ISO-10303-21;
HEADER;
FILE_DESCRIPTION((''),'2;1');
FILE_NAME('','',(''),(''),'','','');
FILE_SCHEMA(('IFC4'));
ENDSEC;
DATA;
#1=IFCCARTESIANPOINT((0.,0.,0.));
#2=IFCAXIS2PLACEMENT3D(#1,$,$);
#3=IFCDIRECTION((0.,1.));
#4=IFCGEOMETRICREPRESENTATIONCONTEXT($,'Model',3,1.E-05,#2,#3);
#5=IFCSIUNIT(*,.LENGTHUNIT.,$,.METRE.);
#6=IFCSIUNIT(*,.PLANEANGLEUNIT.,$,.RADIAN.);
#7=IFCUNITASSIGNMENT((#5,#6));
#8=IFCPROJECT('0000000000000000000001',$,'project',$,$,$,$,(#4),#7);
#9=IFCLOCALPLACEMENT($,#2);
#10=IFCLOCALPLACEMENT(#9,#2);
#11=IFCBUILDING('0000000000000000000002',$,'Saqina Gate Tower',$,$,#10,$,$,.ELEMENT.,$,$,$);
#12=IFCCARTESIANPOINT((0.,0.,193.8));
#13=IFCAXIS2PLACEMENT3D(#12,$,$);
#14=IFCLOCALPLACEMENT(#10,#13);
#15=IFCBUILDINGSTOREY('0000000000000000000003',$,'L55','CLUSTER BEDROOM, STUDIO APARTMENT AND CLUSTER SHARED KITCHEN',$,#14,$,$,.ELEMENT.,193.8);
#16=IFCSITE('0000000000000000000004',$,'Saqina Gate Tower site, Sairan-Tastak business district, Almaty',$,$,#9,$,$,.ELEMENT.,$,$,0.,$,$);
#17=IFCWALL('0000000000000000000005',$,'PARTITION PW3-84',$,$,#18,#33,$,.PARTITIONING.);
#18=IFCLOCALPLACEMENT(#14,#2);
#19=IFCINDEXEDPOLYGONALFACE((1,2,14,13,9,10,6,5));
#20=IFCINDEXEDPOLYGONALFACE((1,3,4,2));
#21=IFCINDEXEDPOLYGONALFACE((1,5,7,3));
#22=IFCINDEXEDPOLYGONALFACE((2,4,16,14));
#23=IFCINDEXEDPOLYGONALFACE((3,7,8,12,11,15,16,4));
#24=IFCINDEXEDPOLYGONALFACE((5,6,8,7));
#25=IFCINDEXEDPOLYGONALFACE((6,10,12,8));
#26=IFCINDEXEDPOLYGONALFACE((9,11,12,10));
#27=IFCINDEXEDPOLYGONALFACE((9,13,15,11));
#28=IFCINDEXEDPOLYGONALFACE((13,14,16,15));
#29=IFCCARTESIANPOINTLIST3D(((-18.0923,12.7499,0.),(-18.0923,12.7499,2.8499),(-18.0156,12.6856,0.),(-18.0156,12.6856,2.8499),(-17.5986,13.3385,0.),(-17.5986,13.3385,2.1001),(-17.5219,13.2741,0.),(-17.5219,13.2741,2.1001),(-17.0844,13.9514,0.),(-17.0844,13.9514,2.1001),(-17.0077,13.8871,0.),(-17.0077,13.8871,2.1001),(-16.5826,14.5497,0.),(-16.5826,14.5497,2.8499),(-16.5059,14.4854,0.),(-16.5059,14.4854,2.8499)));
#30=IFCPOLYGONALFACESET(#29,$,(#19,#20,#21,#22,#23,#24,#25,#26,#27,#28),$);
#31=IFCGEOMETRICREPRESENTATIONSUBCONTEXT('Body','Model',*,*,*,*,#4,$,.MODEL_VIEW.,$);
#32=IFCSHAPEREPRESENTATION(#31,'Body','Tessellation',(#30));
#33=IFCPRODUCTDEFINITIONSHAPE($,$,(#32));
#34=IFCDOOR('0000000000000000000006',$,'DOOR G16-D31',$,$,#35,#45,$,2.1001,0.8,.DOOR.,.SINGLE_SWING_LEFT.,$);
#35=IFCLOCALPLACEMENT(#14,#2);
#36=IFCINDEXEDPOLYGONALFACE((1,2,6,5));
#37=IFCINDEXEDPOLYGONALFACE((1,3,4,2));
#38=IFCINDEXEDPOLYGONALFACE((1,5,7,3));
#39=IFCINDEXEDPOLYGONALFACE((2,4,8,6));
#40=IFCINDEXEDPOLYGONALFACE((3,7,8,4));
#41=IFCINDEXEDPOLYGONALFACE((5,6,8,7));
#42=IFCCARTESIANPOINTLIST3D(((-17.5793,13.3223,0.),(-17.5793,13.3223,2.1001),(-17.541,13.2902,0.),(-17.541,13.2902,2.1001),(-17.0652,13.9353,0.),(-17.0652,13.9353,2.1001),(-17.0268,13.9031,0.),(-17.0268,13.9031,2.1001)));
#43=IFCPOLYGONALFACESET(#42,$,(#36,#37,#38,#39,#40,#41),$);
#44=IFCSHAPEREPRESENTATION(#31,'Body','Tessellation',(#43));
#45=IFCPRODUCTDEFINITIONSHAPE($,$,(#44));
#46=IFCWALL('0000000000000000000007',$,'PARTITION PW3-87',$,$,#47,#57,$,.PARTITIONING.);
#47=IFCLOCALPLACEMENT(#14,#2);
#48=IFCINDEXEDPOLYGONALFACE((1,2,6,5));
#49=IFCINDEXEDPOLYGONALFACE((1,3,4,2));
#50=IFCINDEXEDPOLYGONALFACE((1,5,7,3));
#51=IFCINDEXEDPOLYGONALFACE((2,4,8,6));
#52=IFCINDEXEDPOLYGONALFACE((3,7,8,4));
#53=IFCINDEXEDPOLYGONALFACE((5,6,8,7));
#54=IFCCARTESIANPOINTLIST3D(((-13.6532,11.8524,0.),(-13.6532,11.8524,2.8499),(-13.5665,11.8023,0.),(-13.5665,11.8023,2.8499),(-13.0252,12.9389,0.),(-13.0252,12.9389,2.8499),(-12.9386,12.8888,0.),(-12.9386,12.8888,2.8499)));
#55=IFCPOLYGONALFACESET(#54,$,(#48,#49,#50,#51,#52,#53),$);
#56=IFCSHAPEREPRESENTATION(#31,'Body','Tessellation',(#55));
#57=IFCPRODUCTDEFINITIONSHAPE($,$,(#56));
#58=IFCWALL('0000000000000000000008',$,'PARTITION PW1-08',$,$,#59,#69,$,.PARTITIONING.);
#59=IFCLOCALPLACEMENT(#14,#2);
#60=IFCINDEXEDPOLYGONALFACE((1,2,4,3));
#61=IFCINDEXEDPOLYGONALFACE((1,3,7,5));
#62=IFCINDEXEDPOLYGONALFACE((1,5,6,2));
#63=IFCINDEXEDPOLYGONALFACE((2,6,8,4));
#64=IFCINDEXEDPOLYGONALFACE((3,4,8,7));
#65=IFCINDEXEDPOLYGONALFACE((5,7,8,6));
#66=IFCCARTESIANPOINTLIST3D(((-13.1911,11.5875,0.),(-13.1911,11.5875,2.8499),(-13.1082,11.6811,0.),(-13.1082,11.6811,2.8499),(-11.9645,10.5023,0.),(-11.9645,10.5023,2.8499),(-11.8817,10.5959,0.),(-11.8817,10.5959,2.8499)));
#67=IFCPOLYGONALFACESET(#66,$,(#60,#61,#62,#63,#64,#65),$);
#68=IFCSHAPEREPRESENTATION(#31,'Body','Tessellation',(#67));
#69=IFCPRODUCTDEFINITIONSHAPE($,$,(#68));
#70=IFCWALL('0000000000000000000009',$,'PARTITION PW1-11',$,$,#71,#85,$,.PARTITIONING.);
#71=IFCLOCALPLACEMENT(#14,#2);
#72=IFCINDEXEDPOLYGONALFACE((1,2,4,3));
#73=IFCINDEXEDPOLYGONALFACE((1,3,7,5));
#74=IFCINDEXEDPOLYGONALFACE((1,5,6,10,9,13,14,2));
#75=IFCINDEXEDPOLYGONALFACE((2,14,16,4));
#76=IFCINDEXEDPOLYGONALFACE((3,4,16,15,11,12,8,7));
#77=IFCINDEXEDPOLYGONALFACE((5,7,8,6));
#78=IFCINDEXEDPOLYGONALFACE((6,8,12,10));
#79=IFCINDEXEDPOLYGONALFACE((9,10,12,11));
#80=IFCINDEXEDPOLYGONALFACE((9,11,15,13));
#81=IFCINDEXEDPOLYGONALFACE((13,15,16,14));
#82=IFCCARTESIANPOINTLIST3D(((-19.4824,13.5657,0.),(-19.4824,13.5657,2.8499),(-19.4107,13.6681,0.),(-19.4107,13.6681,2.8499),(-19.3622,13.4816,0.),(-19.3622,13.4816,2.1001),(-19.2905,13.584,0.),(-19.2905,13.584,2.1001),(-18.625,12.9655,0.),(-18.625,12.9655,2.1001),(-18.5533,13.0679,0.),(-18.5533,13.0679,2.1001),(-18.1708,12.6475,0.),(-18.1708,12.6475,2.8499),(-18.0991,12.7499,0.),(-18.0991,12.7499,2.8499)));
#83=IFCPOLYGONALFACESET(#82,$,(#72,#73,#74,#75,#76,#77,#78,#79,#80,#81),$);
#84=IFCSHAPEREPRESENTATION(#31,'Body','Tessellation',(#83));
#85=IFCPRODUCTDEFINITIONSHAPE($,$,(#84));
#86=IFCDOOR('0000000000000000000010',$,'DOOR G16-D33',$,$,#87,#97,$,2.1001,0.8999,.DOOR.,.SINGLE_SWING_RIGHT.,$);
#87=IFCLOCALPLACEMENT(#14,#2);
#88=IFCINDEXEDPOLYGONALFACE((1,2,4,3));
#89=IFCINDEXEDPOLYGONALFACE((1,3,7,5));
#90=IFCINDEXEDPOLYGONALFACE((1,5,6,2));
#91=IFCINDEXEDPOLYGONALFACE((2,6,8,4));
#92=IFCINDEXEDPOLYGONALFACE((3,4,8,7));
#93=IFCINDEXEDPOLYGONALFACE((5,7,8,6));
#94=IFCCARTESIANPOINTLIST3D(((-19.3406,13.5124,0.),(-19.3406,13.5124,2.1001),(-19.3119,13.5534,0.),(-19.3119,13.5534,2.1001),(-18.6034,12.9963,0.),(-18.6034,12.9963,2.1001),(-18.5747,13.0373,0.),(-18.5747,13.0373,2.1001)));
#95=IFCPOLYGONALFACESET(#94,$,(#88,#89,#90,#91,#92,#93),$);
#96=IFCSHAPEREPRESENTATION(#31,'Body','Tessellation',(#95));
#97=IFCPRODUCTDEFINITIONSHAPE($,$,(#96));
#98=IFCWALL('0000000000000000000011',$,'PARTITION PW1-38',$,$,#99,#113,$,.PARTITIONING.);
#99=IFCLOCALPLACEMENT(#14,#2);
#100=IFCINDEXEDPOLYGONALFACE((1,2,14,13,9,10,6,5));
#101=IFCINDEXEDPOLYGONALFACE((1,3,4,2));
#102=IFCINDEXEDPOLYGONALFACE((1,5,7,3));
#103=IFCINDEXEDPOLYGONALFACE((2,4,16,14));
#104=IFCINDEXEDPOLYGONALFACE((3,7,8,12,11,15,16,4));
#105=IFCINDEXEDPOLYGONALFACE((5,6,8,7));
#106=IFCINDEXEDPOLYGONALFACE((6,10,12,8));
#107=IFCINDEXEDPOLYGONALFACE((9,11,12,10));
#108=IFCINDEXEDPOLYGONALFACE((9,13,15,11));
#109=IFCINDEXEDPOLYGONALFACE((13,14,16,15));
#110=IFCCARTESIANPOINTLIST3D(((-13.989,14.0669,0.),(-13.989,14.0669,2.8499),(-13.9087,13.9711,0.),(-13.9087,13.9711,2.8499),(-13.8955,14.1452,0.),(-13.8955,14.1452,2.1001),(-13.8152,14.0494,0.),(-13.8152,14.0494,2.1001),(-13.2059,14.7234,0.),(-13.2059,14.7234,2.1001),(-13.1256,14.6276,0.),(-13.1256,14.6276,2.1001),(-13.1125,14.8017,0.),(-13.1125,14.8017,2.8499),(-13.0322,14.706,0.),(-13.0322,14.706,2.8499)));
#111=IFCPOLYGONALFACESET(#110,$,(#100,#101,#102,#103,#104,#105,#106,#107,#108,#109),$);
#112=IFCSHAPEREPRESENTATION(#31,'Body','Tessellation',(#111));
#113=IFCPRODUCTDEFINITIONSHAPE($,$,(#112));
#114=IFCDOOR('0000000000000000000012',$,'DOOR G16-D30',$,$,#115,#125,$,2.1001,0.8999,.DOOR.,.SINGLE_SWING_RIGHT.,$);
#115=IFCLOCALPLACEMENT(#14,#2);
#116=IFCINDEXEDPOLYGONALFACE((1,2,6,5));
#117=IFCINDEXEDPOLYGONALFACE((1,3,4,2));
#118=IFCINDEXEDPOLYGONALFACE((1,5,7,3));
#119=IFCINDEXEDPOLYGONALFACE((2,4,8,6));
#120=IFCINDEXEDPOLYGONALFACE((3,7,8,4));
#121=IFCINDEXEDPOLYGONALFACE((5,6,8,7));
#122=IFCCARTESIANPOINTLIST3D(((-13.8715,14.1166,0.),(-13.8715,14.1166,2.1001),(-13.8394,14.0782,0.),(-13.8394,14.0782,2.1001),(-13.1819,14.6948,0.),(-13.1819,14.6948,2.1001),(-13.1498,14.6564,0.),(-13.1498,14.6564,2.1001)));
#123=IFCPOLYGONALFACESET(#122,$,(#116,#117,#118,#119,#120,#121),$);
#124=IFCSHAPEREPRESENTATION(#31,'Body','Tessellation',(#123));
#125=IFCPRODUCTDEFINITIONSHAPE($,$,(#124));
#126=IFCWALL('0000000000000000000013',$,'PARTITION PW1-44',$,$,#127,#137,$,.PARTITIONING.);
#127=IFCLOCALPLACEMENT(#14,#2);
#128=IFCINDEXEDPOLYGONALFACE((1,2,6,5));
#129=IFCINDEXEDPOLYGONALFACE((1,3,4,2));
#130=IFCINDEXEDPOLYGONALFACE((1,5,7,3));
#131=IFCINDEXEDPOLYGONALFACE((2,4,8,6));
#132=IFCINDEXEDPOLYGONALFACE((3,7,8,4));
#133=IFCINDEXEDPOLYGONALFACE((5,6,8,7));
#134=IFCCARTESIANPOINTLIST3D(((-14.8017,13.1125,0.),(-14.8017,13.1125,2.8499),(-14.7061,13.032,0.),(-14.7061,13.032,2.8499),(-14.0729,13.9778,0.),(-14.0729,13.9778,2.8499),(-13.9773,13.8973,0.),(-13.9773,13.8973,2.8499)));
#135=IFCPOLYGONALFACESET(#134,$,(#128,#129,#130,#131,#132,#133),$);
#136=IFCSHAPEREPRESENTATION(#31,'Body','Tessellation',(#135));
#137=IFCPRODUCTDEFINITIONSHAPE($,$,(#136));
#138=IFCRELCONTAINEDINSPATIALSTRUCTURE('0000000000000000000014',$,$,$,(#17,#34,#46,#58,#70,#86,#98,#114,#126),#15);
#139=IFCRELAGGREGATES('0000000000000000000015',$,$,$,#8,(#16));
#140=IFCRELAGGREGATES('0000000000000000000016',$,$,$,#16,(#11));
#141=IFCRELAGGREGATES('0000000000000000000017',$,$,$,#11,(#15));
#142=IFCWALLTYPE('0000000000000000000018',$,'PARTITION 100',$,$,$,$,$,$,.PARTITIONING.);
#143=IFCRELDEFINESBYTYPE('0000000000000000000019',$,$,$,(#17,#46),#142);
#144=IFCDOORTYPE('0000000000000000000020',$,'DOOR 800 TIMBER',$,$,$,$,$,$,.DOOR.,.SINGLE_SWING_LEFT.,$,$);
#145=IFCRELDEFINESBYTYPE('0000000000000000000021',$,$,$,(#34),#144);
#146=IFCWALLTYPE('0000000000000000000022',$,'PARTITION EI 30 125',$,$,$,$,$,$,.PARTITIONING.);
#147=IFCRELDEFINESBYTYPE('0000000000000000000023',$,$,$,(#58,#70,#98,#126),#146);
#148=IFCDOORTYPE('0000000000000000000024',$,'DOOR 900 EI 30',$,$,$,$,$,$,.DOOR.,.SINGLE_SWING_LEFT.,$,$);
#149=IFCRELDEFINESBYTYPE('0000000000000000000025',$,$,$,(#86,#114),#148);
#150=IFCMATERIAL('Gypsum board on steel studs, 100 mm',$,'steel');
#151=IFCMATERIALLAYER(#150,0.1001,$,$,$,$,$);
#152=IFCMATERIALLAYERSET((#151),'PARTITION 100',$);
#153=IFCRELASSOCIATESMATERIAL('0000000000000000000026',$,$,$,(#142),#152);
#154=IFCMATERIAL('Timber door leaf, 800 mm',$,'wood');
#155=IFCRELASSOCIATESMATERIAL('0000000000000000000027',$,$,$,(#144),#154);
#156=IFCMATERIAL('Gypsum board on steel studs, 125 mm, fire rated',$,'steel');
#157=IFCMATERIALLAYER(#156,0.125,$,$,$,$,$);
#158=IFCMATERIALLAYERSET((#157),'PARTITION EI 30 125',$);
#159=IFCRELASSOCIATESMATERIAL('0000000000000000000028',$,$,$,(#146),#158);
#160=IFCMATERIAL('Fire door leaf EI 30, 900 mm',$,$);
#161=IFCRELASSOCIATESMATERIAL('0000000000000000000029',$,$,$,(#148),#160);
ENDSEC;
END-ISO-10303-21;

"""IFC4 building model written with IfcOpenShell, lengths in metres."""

from ifc_helpers import new_model, si_unit, direction, frame, frame_2d, origin, place, context, subcontext, project, spatial, rectangle, extrude, material, layer, layer_set, type_object, element, fill, save


model = new_model("IFC4")

# Units and contexts
model_context = context("Model", 3, precision=1e-05, world=origin(), true_north=direction((0.0, 1.0)))
body_context = subcontext(model_context, "Body", "Model", "MODEL_VIEW")
ifc_project = project(units=[si_unit("LENGTHUNIT", "METRE"), si_unit("PLANEANGLEUNIT", "RADIAN")], contexts=[model_context])

# Site, building, storey
site_placement = place(None, origin())
site = spatial("IfcSite", under=ifc_project, at=site_placement, Name="Saqina Gate Tower site, Sairan-Tastak business district, Almaty", CompositionType="ELEMENT", RefElevation=0.0)
building_placement = place(site_placement, origin())
building = spatial("IfcBuilding", under=site, at=building_placement, Name="Saqina Gate Tower", CompositionType="ELEMENT")
storey_placement = place(building_placement, frame((0.0, 0.0, 193.8)))
storey = spatial("IfcBuildingStorey", under=building, at=storey_placement, Name="L55", Description="CLUSTER BEDROOM, STUDIO APARTMENT AND CLUSTER SHARED KITCHEN", CompositionType="ELEMENT", Elevation=193.8)

# Shared definitions
ifc_material_1 = material(Name="Gypsum board on steel studs, 100 mm", Category="steel")
ifc_layer_1 = layer(ifc_material_1, 0.1001)
ifc_layer_set_1 = layer_set([ifc_layer_1], Name="PARTITION 100")
wall_type_1 = type_object("IfcWallType", Name="PARTITION 100", PredefinedType="PARTITIONING", material=ifc_layer_set_1)
ifc_material_2 = material(Name="Timber door leaf, 800 mm", Category="wood")
door_type_1 = type_object("IfcDoorType", Name="DOOR 800 TIMBER", OperationType="SINGLE_SWING_LEFT", PredefinedType="DOOR", material=ifc_material_2)

# Wall, opening, door
wall_1_placement = place(storey_placement, frame((-18.054, 12.7178, 0.0), z_axis=(0.0, 0.0, 1.0), x_axis=(0.642675, 0.766139, 0.0)))
wall_1 = element("IfcWall", 1, at=wall_1_placement, inside=storey, type_object=wall_type_1, Name="PARTITION PW3-84", PredefinedType="PARTITIONING", context=body_context, shape_type="SweptSolid", body=[
    extrude(rectangle(XDim=2.3491, YDim=0.1001, at=frame_2d((1.1746, 0.0))), origin(), (0.0, 0.0, 1.0), 2.8499),
])
opening_1_placement = place(wall_1_placement, frame((0.7683, 0.0, 0.0)))
opening_1 = element("IfcOpeningElement", 2, at=opening_1_placement, cuts=wall_1, PredefinedType="OPENING", context=body_context, shape_type="SweptSolid", body=[
    extrude(rectangle(XDim=0.8, YDim=2.1001, at=frame_2d((0.3999, 1.05))), frame((0.0, 0.062, 0.0), z_axis=(0.0, -1.0, 0.0), x_axis=(1.0, 0.0, 0.0)), (0.0, 0.0, 1.0), 0.124),
])
door_1_placement = place(opening_1_placement, origin())
door_1 = element("IfcDoor", 3, at=door_1_placement, inside=storey, type_object=door_type_1, Name="DOOR G16-D31", OperationType="SINGLE_SWING_LEFT", OverallHeight=2.1001, OverallWidth=0.8, PredefinedType="DOOR", context=body_context, shape_type="SweptSolid", body=[
    extrude(rectangle(XDim=0.8, YDim=2.1001, at=frame_2d((0.3999, 1.05))), frame((0.0, 0.0249, 0.0), z_axis=(0.0, -1.0, 0.0), x_axis=(1.0, 0.0, 0.0)), (0.0, 0.0, 1.0), 0.05),
])
fill(opening_1, door_1)

# Walls
wall_2_placement = place(storey_placement, frame((-13.6099, 11.8274, 0.0), z_axis=(0.0, 0.0, 1.0), x_axis=(0.500407, 0.86579, 0.0)))
element("IfcWall", 4, at=wall_2_placement, inside=storey, type_object=wall_type_1, Name="PARTITION PW3-87", PredefinedType="PARTITIONING", context=body_context, shape_type="SweptSolid", body=[
    extrude(rectangle(XDim=1.2549, YDim=0.1001, at=frame_2d((0.6274, 0.0))), origin(), (0.0, 0.0, 1.0), 2.8499),
])
ifc_material_3 = material(Name="Gypsum board on steel studs, 125 mm, fire rated", Category="steel")
ifc_layer_2 = layer(ifc_material_3, 0.125)
ifc_layer_set_2 = layer_set([ifc_layer_2], Name="PARTITION EI 30 125")
wall_type_2 = type_object("IfcWallType", Name="PARTITION EI 30 125", PredefinedType="PARTITIONING", material=ifc_layer_set_2)
wall_3_placement = place(storey_placement, frame((-13.1497, 11.6343, 0.0), z_axis=(0.0, 0.0, 1.0), x_axis=(0.748945, -0.662632, 0.0)))
element("IfcWall", 5, at=wall_3_placement, inside=storey, type_object=wall_type_2, Name="PARTITION PW1-08", PredefinedType="PARTITIONING", context=body_context, shape_type="SweptSolid", body=[
    extrude(rectangle(XDim=1.6377, YDim=0.125, at=frame_2d((0.8188, 0.0))), origin(), (0.0, 0.0, 1.0), 2.8499),
])

# Walls, openings, doors
wall_4_placement = place(storey_placement, frame((-19.4465, 13.6169, 0.0), z_axis=(0.0, 0.0, 1.0), x_axis=(0.819189, -0.573524, 0.0)))
wall_4 = element("IfcWall", 6, at=wall_4_placement, inside=storey, type_object=wall_type_2, Name="PARTITION PW1-11", PredefinedType="PARTITIONING", context=body_context, shape_type="SweptSolid", body=[
    extrude(rectangle(XDim=1.6011, YDim=0.125, at=frame_2d((0.8005, 0.0))), origin(), (0.0, 0.0, 1.0), 2.8499),
])
opening_2_placement = place(wall_4_placement, frame((0.1467, 0.0, 0.0)))
opening_2 = element("IfcOpeningElement", 7, at=opening_2_placement, cuts=wall_4, PredefinedType="OPENING", context=body_context, shape_type="SweptSolid", body=[
    extrude(rectangle(XDim=0.8999, YDim=2.1001, at=frame_2d((0.45, 1.05))), frame((0.0, 0.0745, 0.0), z_axis=(0.0, -1.0, 0.0), x_axis=(1.0, 0.0, 0.0)), (0.0, 0.0, 1.0), 0.1489),
])
ifc_material_4 = material(Name="Fire door leaf EI 30, 900 mm")
door_type_2 = type_object("IfcDoorType", Name="DOOR 900 EI 30", OperationType="SINGLE_SWING_LEFT", PredefinedType="DOOR", material=ifc_material_4)
door_2_placement = place(opening_2_placement, frame((0.8999, 0.0, 0.0), z_axis=(0.0, 0.0, 1.0), x_axis=(-1.0, 0.0, 0.0)))
door_2 = element("IfcDoor", 8, at=door_2_placement, inside=storey, type_object=door_type_2, Name="DOOR G16-D33", OperationType="SINGLE_SWING_RIGHT", OverallHeight=2.1001, OverallWidth=0.8999, PredefinedType="DOOR", context=body_context, shape_type="SweptSolid", body=[
    extrude(rectangle(XDim=0.8999, YDim=2.1001, at=frame_2d((0.45, 1.05))), frame((0.0, 0.0249, 0.0), z_axis=(0.0, -1.0, 0.0), x_axis=(1.0, 0.0, 0.0)), (0.0, 0.0, 1.0), 0.05),
])
fill(opening_2, door_2)
wall_5_placement = place(storey_placement, frame((-13.9487, 14.019, 0.0), z_axis=(0.0, 0.0, 1.0), x_axis=(0.766293, 0.642491, 0.0)))
wall_5 = element("IfcWall", 9, at=wall_5_placement, inside=storey, type_object=wall_type_2, Name="PARTITION PW1-38", PredefinedType="PARTITIONING", context=body_context, shape_type="SweptSolid", body=[
    extrude(rectangle(XDim=1.1438, YDim=0.125, at=frame_2d((0.5718, 0.0))), origin(), (0.0, 0.0, 1.0), 2.8499),
])
opening_3_placement = place(wall_5_placement, frame((0.1218, 0.0, 0.0)))
opening_3 = element("IfcOpeningElement", 10, at=opening_3_placement, cuts=wall_5, PredefinedType="OPENING", context=body_context, shape_type="SweptSolid", body=[
    extrude(rectangle(XDim=0.8999, YDim=2.1001, at=frame_2d((0.45, 1.05))), frame((0.0, 0.0745, 0.0), z_axis=(0.0, -1.0, 0.0), x_axis=(1.0, 0.0, 0.0)), (0.0, 0.0, 1.0), 0.1489),
])
door_3_placement = place(opening_3_placement, frame((0.8999, 0.0, 0.0), z_axis=(0.0, 0.0, 1.0), x_axis=(-1.0, 0.0, 0.0)))
door_3 = element("IfcDoor", 11, at=door_3_placement, inside=storey, type_object=door_type_2, Name="DOOR G16-D30", OperationType="SINGLE_SWING_RIGHT", OverallHeight=2.1001, OverallWidth=0.8999, PredefinedType="DOOR", context=body_context, shape_type="SweptSolid", body=[
    extrude(rectangle(XDim=0.8999, YDim=2.1001, at=frame_2d((0.45, 1.05))), frame((0.0, 0.0249, 0.0), z_axis=(0.0, -1.0, 0.0), x_axis=(1.0, 0.0, 0.0)), (0.0, 0.0, 1.0), 0.05),
])
fill(opening_3, door_3)

# Wall
wall_6_placement = place(storey_placement, frame((-14.7539, 13.0723, 0.0), z_axis=(0.0, 0.0, 1.0), x_axis=(0.644209, 0.76485, 0.0)))
element("IfcWall", 12, at=wall_6_placement, inside=storey, type_object=wall_type_2, Name="PARTITION PW1-44", PredefinedType="PARTITIONING", context=body_context, shape_type="SweptSolid", body=[
    extrude(rectangle(XDim=1.1313, YDim=0.125, at=frame_2d((0.5657, 0.0))), origin(), (0.0, 0.0, 1.0), 2.8499),
])

save(model, "model.ifc")
